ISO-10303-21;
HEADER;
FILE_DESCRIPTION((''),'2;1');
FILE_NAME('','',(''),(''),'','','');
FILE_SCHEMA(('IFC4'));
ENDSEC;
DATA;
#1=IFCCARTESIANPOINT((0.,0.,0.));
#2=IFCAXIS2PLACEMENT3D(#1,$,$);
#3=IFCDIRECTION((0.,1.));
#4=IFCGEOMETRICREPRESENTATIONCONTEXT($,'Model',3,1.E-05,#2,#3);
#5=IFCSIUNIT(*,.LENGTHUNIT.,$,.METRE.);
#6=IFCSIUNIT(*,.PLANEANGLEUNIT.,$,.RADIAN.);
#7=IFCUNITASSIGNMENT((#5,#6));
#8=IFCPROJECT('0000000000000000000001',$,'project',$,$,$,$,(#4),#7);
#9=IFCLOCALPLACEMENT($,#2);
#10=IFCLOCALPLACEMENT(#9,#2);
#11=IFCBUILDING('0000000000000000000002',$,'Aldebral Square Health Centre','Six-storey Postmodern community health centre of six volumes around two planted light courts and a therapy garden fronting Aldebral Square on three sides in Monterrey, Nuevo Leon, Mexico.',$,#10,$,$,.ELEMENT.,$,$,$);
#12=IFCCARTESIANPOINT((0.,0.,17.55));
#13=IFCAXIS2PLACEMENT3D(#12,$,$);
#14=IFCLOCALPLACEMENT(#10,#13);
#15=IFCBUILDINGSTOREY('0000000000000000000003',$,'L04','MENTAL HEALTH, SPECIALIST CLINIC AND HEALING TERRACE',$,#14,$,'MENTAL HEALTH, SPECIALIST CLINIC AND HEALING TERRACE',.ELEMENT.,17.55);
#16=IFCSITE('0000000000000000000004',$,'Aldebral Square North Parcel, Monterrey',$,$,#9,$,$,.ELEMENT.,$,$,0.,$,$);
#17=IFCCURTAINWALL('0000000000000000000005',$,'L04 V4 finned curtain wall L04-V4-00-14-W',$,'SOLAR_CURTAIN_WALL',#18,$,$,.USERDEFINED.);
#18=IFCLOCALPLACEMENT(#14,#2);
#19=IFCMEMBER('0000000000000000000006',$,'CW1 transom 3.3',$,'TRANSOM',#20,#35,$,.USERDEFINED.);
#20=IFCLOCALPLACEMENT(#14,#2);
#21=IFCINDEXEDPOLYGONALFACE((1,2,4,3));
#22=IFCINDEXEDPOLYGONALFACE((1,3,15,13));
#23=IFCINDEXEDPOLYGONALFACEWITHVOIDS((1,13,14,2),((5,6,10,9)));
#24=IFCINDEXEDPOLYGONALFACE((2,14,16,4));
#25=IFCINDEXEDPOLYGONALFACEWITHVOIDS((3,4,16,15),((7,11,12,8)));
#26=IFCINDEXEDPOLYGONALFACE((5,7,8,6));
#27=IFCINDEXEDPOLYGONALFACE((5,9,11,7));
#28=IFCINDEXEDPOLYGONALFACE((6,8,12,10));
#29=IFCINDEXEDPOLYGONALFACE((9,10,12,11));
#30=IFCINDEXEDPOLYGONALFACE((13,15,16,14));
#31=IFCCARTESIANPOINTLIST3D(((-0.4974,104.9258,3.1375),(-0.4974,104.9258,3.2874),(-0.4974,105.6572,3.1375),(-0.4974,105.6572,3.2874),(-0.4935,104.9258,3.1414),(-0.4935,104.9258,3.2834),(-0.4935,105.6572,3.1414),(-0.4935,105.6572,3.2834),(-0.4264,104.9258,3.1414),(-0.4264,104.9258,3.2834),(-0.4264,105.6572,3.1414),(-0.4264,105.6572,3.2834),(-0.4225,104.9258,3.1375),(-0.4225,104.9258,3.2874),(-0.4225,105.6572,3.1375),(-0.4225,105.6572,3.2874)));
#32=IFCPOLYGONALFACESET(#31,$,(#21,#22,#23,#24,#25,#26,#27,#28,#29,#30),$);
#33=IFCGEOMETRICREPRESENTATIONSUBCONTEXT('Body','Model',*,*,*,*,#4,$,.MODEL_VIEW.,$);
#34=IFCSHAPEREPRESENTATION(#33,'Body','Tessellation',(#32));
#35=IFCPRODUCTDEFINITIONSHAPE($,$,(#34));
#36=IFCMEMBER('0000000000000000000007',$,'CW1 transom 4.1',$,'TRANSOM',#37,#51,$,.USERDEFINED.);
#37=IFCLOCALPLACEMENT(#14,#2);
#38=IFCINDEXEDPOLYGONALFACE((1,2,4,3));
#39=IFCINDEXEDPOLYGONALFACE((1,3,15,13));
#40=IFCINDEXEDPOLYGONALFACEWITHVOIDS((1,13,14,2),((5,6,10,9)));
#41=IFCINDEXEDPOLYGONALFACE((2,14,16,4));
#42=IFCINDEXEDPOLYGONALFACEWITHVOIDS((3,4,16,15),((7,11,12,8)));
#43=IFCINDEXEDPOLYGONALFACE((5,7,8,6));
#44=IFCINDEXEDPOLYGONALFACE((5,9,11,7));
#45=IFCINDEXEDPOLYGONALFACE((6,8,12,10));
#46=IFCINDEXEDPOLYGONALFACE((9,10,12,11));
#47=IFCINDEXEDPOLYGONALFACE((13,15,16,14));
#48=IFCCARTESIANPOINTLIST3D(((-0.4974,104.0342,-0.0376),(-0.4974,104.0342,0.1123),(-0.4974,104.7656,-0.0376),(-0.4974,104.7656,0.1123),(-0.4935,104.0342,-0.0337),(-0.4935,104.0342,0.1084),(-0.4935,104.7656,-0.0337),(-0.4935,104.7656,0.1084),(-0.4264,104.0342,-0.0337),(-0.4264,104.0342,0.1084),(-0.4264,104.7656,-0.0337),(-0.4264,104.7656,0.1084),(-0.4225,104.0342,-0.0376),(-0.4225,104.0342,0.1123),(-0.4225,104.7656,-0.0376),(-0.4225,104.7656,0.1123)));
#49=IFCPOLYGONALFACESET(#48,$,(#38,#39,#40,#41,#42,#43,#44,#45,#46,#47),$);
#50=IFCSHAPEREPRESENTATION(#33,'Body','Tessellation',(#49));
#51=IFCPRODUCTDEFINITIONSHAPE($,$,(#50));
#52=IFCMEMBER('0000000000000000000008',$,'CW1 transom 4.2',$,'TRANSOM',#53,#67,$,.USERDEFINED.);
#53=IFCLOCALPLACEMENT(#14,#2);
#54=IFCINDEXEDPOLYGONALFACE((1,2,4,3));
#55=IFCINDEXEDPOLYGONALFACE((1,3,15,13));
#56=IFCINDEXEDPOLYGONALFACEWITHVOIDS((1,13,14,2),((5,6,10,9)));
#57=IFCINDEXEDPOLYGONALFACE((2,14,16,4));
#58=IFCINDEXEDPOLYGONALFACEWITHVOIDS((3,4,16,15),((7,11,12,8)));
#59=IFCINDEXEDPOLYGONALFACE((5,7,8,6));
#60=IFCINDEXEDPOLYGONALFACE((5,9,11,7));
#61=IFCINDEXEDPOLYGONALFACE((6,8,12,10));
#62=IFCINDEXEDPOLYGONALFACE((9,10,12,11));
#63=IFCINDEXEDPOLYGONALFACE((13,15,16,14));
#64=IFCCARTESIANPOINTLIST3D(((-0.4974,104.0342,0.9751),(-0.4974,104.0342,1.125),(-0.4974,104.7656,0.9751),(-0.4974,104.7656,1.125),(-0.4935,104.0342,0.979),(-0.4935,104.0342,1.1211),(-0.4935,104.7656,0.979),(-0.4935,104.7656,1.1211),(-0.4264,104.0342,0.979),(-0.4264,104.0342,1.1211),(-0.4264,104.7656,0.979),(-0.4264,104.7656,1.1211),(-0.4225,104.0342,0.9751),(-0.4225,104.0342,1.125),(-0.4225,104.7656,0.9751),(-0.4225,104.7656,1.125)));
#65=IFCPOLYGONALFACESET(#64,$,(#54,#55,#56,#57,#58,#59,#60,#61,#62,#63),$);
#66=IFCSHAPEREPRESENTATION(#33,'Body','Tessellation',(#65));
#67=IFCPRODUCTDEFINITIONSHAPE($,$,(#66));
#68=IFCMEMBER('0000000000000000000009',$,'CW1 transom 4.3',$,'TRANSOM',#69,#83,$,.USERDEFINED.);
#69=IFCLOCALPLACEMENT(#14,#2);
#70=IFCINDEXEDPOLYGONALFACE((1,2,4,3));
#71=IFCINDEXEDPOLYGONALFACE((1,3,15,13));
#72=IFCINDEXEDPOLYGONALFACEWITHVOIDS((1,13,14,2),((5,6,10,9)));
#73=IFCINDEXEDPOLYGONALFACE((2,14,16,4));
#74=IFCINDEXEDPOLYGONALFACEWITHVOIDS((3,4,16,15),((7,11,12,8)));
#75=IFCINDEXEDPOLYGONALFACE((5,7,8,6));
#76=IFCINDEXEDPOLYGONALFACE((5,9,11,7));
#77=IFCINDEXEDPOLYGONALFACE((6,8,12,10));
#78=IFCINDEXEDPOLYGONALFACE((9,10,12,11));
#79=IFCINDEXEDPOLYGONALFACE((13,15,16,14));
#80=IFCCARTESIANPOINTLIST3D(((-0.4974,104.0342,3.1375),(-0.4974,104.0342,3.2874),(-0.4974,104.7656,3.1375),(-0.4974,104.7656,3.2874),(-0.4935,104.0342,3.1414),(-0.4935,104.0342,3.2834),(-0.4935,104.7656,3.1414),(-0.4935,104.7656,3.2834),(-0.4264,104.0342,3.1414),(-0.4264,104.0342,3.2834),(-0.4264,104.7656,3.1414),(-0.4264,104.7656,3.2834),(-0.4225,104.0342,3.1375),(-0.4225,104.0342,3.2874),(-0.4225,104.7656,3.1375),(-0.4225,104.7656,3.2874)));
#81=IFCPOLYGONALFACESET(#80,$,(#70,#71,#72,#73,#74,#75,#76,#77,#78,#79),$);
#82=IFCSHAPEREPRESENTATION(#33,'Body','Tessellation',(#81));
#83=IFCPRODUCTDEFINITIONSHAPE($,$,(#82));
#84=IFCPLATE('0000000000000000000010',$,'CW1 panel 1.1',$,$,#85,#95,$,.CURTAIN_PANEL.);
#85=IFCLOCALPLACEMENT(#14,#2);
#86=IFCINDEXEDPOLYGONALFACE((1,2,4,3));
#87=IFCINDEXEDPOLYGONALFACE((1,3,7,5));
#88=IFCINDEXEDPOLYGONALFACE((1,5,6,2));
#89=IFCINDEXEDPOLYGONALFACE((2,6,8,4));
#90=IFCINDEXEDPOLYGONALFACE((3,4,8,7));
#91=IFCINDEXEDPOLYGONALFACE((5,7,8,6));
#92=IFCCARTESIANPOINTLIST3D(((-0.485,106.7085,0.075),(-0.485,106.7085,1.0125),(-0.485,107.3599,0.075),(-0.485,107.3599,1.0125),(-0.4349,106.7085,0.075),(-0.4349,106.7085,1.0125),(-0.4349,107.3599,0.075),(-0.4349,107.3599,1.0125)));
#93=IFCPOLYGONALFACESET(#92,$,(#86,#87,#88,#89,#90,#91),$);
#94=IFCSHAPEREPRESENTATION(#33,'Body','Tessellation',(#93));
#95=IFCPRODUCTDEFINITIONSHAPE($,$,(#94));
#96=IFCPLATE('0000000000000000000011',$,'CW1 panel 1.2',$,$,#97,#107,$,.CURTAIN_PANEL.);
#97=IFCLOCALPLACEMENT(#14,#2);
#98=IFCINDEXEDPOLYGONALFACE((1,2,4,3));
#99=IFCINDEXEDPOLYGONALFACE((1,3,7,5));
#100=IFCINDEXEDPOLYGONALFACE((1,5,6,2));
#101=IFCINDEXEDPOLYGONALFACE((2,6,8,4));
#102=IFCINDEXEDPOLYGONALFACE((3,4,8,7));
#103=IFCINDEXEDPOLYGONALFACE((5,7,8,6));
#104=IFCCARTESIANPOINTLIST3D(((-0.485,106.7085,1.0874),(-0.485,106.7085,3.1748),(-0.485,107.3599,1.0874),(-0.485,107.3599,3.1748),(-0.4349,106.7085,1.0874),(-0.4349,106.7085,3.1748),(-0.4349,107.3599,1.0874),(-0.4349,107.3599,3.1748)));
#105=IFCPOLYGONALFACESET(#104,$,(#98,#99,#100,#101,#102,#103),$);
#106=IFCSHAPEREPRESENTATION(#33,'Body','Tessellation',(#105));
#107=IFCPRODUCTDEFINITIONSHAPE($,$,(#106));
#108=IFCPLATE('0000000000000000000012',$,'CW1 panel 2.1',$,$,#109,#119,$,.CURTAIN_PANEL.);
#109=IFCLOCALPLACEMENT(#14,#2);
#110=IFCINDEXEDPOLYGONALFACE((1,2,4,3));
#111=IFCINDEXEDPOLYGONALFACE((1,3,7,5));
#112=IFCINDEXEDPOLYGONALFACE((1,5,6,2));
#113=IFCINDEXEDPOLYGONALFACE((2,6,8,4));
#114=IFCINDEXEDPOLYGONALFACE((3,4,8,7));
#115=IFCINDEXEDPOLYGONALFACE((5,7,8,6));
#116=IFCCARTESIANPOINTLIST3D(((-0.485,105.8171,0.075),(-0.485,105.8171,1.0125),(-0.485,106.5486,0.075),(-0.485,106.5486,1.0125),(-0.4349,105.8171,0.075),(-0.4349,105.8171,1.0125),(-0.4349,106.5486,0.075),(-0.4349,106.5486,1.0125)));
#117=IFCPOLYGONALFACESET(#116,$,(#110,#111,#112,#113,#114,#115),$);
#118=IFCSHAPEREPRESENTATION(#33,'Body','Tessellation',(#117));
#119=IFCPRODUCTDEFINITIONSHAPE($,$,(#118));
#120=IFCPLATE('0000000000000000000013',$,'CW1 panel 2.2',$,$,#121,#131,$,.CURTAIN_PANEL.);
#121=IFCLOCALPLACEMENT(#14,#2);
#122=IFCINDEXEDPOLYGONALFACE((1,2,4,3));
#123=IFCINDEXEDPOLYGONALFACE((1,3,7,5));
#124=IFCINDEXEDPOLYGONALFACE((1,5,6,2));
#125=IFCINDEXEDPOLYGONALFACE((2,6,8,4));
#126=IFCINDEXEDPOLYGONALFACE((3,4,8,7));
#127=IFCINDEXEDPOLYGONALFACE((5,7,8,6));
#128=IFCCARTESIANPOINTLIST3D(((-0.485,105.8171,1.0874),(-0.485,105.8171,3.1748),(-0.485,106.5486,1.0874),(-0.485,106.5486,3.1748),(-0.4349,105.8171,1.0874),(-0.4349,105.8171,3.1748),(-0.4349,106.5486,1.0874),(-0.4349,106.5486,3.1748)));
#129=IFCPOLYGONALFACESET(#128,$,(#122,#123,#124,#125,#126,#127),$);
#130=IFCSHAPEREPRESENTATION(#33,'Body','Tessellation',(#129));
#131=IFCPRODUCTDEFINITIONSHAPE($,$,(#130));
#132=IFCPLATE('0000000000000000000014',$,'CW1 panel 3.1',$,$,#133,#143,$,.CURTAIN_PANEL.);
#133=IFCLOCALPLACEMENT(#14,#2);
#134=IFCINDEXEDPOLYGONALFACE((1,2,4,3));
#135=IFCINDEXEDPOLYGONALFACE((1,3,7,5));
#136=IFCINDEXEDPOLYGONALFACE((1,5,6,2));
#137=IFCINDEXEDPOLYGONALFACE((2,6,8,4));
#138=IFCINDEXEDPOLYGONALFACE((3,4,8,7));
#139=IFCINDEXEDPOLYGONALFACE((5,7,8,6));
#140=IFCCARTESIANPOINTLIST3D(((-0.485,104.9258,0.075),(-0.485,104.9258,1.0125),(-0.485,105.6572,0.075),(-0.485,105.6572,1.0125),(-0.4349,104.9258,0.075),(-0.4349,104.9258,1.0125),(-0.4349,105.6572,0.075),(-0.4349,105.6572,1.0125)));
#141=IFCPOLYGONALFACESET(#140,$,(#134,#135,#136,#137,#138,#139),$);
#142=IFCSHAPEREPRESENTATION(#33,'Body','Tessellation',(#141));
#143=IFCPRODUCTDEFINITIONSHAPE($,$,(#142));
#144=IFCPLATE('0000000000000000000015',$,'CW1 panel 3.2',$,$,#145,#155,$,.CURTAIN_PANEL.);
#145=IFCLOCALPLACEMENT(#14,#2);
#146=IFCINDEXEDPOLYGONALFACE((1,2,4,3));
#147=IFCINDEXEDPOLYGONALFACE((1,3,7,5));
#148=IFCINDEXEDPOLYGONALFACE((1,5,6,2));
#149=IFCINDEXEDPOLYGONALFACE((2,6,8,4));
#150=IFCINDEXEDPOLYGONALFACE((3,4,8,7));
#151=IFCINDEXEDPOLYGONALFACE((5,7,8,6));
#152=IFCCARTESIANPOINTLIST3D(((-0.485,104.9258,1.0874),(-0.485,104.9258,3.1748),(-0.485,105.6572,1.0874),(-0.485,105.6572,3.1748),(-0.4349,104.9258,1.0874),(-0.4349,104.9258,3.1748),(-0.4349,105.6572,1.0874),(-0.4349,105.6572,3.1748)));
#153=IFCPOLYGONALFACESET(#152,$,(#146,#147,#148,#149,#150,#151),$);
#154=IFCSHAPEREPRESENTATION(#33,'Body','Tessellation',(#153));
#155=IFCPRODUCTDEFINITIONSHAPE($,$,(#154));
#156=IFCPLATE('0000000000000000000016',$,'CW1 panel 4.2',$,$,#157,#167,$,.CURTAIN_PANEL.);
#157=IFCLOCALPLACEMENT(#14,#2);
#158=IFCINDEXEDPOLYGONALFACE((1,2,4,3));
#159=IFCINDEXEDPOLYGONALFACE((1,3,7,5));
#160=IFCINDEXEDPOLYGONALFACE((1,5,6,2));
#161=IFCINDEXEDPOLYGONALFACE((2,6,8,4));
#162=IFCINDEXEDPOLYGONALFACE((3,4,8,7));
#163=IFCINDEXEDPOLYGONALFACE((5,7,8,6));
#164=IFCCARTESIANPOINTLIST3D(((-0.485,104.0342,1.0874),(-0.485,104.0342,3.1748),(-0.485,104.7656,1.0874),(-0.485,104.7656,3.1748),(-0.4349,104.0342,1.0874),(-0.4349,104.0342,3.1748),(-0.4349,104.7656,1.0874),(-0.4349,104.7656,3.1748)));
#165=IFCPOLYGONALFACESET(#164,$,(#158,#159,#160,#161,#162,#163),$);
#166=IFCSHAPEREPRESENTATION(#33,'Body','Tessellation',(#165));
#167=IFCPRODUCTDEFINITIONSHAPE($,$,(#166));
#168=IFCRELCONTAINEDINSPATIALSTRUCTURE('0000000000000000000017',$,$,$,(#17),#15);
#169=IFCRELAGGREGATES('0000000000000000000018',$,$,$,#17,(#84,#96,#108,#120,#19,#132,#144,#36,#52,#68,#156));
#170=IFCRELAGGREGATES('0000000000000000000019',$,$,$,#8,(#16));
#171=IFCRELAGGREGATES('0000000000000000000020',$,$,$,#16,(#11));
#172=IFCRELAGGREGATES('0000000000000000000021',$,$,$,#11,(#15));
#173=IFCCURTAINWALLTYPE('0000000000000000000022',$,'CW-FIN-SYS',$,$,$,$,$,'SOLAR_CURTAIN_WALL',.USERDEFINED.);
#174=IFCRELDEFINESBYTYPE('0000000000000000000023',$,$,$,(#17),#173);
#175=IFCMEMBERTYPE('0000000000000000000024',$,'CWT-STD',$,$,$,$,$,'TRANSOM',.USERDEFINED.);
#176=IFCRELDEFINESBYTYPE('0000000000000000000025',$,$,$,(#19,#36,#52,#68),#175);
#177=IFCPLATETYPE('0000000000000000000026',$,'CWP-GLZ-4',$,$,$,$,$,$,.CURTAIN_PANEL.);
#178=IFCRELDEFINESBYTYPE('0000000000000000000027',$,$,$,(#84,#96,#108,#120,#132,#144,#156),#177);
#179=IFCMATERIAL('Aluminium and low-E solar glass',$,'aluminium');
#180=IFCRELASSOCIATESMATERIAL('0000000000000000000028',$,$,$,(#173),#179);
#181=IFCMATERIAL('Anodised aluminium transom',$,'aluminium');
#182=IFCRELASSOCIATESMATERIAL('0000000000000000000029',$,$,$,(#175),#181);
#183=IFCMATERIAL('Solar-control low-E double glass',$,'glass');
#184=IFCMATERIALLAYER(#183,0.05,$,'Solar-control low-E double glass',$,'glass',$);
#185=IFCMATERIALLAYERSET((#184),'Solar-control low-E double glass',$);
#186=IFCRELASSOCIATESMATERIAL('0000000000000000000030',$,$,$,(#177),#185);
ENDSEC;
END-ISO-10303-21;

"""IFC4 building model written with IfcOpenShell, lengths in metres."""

from ifc_helpers import new_model, si_unit, direction, frame, origin, origin_2d, place, context, subcontext, project, spatial, rectangle, hollow_rectangle, extrude, material, layer, layer_set, material_profile, profile_set, type_object, element, aggregate, save


model = new_model("IFC4")

# Units and contexts
model_context = context("Model", 3, precision=1e-05, world=origin(), true_north=direction((0.0, 1.0)))
body_context = subcontext(model_context, "Body", "Model", "MODEL_VIEW")
ifc_project = project(units=[si_unit("LENGTHUNIT", "METRE"), si_unit("PLANEANGLEUNIT", "RADIAN")], contexts=[model_context])

# Site, building, storey
site_placement = place(None, origin())
site = spatial("IfcSite", under=ifc_project, at=site_placement, Name="Aldebral Square North Parcel, Monterrey", CompositionType="ELEMENT", RefElevation=0.0)
building_placement = place(site_placement, origin())
building = spatial("IfcBuilding", under=site, at=building_placement, Name="Aldebral Square Health Centre", Description="Six-storey Postmodern community health centre of six volumes around two planted light courts and a therapy garden fronting Aldebral Square on three sides in Monterrey, Nuevo Leon, Mexico.", CompositionType="ELEMENT")
storey_placement = place(building_placement, frame((0.0, 0.0, 17.55)))
storey = spatial("IfcBuildingStorey", under=building, at=storey_placement, Name="L04", Description="MENTAL HEALTH, SPECIALIST CLINIC AND HEALING TERRACE", LongName="MENTAL HEALTH, SPECIALIST CLINIC AND HEALING TERRACE", CompositionType="ELEMENT", Elevation=17.55)

# Curtain wall, members, plates
ifc_material_1 = material(Name="Aluminium and low-E solar glass", Category="aluminium")
curtain_wall_type = type_object("IfcCurtainWallType", Name="CW-FIN-SYS", ElementType="SOLAR_CURTAIN_WALL", PredefinedType="USERDEFINED", material=ifc_material_1)
curtain_wall_placement = place(storey_placement, origin())
curtain_wall = element("IfcCurtainWall", 1, at=curtain_wall_placement, inside=storey, type_object=curtain_wall_type, Name="L04 V4 finned curtain wall L04-V4-00-14-W", ObjectType="SOLAR_CURTAIN_WALL", PredefinedType="USERDEFINED")
ifc_material_2 = material(Name="Anodised aluminium transom", Category="aluminium")
ifc_material_profile_1 = material_profile(ifc_material_2, hollow_rectangle(XDim=0.075, YDim=0.1499, WallThickness=0.0039, at=origin_2d()), Name="CWT 75x150x4")
ifc_profile_set_1 = profile_set([ifc_material_profile_1], Name="Anodised aluminium transom")
member_type_1 = type_object("IfcMemberType", Name="CWT-STD", ElementType="TRANSOM", PredefinedType="USERDEFINED", material=ifc_profile_set_1)
member_1_placement = place(storey_placement, frame((-0.46, 105.6572, 3.2124), z_axis=(0.0, -1.0, 0.0), x_axis=(1.0, 0.0, 0.0)))
member_1 = element("IfcMember", 2, at=member_1_placement, type_object=member_type_1, Name="CW1 transom 3.3", ObjectType="TRANSOM", PredefinedType="USERDEFINED", context=body_context, shape_type="SweptSolid", body=[
    extrude(hollow_rectangle(XDim=0.075, YDim=0.1499, WallThickness=0.0039, at=origin_2d()), origin(), (0.0, 0.0, 1.0), 0.7314),
])
member_2_placement = place(storey_placement, frame((-0.46, 104.7656, 0.0374), z_axis=(0.0, -1.0, 0.0), x_axis=(1.0, 0.0, 0.0)))
member_2 = element("IfcMember", 3, at=member_2_placement, type_object=member_type_1, Name="CW1 transom 4.1", ObjectType="TRANSOM", PredefinedType="USERDEFINED", context=body_context, shape_type="SweptSolid", body=[
    extrude(hollow_rectangle(XDim=0.075, YDim=0.1499, WallThickness=0.0039, at=origin_2d()), origin(), (0.0, 0.0, 1.0), 0.7314),
])
member_3_placement = place(storey_placement, frame((-0.46, 104.7656, 1.05), z_axis=(0.0, -1.0, 0.0), x_axis=(1.0, 0.0, 0.0)))
member_3 = element("IfcMember", 4, at=member_3_placement, type_object=member_type_1, Name="CW1 transom 4.2", ObjectType="TRANSOM", PredefinedType="USERDEFINED", context=body_context, shape_type="SweptSolid", body=[
    extrude(hollow_rectangle(XDim=0.075, YDim=0.1499, WallThickness=0.0039, at=origin_2d()), origin(), (0.0, 0.0, 1.0), 0.7314),
])
member_4_placement = place(storey_placement, frame((-0.46, 104.7656, 3.2124), z_axis=(0.0, -1.0, 0.0), x_axis=(1.0, 0.0, 0.0)))
member_4 = element("IfcMember", 5, at=member_4_placement, type_object=member_type_1, Name="CW1 transom 4.3", ObjectType="TRANSOM", PredefinedType="USERDEFINED", context=body_context, shape_type="SweptSolid", body=[
    extrude(hollow_rectangle(XDim=0.075, YDim=0.1499, WallThickness=0.0039, at=origin_2d()), origin(), (0.0, 0.0, 1.0), 0.7314),
])
ifc_material_3 = material(Name="Solar-control low-E double glass", Category="glass")
ifc_layer = layer(ifc_material_3, 0.05, Name="Solar-control low-E double glass", Category="glass")
ifc_layer_set = layer_set([ifc_layer], Name="Solar-control low-E double glass")
plate_type = type_object("IfcPlateType", Name="CWP-GLZ-4", PredefinedType="CURTAIN_PANEL", material=ifc_layer_set)
plate_1_placement = place(storey_placement, frame((-0.46, 107.0342, 0.075), z_axis=(0.0, 0.0, 1.0), x_axis=(0.0, -1.0, 0.0)))
plate_1 = element("IfcPlate", 6, at=plate_1_placement, type_object=plate_type, Name="CW1 panel 1.1", PredefinedType="CURTAIN_PANEL", context=body_context, shape_type="SweptSolid", body=[
    extrude(rectangle(XDim=0.6514, YDim=0.05, at=origin_2d()), origin(), (0.0, 0.0, 1.0), 0.9375),
])
plate_2_placement = place(storey_placement, frame((-0.46, 107.0342, 1.0874), z_axis=(0.0, 0.0, 1.0), x_axis=(0.0, -1.0, 0.0)))
plate_2 = element("IfcPlate", 7, at=plate_2_placement, type_object=plate_type, Name="CW1 panel 1.2", PredefinedType="CURTAIN_PANEL", context=body_context, shape_type="SweptSolid", body=[
    extrude(rectangle(XDim=0.6514, YDim=0.05, at=origin_2d()), origin(), (0.0, 0.0, 1.0), 2.0874),
])
plate_3_placement = place(storey_placement, frame((-0.46, 106.1829, 0.075), z_axis=(0.0, 0.0, 1.0), x_axis=(0.0, -1.0, 0.0)))
plate_3 = element("IfcPlate", 8, at=plate_3_placement, type_object=plate_type, Name="CW1 panel 2.1", PredefinedType="CURTAIN_PANEL", context=body_context, shape_type="SweptSolid", body=[
    extrude(rectangle(XDim=0.7314, YDim=0.05, at=origin_2d()), origin(), (0.0, 0.0, 1.0), 0.9375),
])
plate_4_placement = place(storey_placement, frame((-0.46, 106.1829, 1.0874), z_axis=(0.0, 0.0, 1.0), x_axis=(0.0, -1.0, 0.0)))
plate_4 = element("IfcPlate", 9, at=plate_4_placement, type_object=plate_type, Name="CW1 panel 2.2", PredefinedType="CURTAIN_PANEL", context=body_context, shape_type="SweptSolid", body=[
    extrude(rectangle(XDim=0.7314, YDim=0.05, at=origin_2d()), origin(), (0.0, 0.0, 1.0), 2.0874),
])
plate_5_placement = place(storey_placement, frame((-0.46, 105.2915, 0.075), z_axis=(0.0, 0.0, 1.0), x_axis=(0.0, -1.0, 0.0)))
plate_5 = element("IfcPlate", 10, at=plate_5_placement, type_object=plate_type, Name="CW1 panel 3.1", PredefinedType="CURTAIN_PANEL", context=body_context, shape_type="SweptSolid", body=[
    extrude(rectangle(XDim=0.7314, YDim=0.05, at=origin_2d()), origin(), (0.0, 0.0, 1.0), 0.9375),
])
plate_6_placement = place(storey_placement, frame((-0.46, 105.2915, 1.0874), z_axis=(0.0, 0.0, 1.0), x_axis=(0.0, -1.0, 0.0)))
plate_6 = element("IfcPlate", 11, at=plate_6_placement, type_object=plate_type, Name="CW1 panel 3.2", PredefinedType="CURTAIN_PANEL", context=body_context, shape_type="SweptSolid", body=[
    extrude(rectangle(XDim=0.7314, YDim=0.05, at=origin_2d()), origin(), (0.0, 0.0, 1.0), 2.0874),
])
plate_7_placement = place(storey_placement, frame((-0.46, 104.3999, 1.0874), z_axis=(0.0, 0.0, 1.0), x_axis=(0.0, -1.0, 0.0)))
plate_7 = element("IfcPlate", 12, at=plate_7_placement, type_object=plate_type, Name="CW1 panel 4.2", PredefinedType="CURTAIN_PANEL", context=body_context, shape_type="SweptSolid", body=[
    extrude(rectangle(XDim=0.7314, YDim=0.05, at=origin_2d()), origin(), (0.0, 0.0, 1.0), 2.0874),
])
aggregate(curtain_wall, [plate_1, plate_2, plate_3, plate_4, member_1, plate_5, plate_6, member_2, member_3, member_4, plate_7])

save(model, "model.ifc")
